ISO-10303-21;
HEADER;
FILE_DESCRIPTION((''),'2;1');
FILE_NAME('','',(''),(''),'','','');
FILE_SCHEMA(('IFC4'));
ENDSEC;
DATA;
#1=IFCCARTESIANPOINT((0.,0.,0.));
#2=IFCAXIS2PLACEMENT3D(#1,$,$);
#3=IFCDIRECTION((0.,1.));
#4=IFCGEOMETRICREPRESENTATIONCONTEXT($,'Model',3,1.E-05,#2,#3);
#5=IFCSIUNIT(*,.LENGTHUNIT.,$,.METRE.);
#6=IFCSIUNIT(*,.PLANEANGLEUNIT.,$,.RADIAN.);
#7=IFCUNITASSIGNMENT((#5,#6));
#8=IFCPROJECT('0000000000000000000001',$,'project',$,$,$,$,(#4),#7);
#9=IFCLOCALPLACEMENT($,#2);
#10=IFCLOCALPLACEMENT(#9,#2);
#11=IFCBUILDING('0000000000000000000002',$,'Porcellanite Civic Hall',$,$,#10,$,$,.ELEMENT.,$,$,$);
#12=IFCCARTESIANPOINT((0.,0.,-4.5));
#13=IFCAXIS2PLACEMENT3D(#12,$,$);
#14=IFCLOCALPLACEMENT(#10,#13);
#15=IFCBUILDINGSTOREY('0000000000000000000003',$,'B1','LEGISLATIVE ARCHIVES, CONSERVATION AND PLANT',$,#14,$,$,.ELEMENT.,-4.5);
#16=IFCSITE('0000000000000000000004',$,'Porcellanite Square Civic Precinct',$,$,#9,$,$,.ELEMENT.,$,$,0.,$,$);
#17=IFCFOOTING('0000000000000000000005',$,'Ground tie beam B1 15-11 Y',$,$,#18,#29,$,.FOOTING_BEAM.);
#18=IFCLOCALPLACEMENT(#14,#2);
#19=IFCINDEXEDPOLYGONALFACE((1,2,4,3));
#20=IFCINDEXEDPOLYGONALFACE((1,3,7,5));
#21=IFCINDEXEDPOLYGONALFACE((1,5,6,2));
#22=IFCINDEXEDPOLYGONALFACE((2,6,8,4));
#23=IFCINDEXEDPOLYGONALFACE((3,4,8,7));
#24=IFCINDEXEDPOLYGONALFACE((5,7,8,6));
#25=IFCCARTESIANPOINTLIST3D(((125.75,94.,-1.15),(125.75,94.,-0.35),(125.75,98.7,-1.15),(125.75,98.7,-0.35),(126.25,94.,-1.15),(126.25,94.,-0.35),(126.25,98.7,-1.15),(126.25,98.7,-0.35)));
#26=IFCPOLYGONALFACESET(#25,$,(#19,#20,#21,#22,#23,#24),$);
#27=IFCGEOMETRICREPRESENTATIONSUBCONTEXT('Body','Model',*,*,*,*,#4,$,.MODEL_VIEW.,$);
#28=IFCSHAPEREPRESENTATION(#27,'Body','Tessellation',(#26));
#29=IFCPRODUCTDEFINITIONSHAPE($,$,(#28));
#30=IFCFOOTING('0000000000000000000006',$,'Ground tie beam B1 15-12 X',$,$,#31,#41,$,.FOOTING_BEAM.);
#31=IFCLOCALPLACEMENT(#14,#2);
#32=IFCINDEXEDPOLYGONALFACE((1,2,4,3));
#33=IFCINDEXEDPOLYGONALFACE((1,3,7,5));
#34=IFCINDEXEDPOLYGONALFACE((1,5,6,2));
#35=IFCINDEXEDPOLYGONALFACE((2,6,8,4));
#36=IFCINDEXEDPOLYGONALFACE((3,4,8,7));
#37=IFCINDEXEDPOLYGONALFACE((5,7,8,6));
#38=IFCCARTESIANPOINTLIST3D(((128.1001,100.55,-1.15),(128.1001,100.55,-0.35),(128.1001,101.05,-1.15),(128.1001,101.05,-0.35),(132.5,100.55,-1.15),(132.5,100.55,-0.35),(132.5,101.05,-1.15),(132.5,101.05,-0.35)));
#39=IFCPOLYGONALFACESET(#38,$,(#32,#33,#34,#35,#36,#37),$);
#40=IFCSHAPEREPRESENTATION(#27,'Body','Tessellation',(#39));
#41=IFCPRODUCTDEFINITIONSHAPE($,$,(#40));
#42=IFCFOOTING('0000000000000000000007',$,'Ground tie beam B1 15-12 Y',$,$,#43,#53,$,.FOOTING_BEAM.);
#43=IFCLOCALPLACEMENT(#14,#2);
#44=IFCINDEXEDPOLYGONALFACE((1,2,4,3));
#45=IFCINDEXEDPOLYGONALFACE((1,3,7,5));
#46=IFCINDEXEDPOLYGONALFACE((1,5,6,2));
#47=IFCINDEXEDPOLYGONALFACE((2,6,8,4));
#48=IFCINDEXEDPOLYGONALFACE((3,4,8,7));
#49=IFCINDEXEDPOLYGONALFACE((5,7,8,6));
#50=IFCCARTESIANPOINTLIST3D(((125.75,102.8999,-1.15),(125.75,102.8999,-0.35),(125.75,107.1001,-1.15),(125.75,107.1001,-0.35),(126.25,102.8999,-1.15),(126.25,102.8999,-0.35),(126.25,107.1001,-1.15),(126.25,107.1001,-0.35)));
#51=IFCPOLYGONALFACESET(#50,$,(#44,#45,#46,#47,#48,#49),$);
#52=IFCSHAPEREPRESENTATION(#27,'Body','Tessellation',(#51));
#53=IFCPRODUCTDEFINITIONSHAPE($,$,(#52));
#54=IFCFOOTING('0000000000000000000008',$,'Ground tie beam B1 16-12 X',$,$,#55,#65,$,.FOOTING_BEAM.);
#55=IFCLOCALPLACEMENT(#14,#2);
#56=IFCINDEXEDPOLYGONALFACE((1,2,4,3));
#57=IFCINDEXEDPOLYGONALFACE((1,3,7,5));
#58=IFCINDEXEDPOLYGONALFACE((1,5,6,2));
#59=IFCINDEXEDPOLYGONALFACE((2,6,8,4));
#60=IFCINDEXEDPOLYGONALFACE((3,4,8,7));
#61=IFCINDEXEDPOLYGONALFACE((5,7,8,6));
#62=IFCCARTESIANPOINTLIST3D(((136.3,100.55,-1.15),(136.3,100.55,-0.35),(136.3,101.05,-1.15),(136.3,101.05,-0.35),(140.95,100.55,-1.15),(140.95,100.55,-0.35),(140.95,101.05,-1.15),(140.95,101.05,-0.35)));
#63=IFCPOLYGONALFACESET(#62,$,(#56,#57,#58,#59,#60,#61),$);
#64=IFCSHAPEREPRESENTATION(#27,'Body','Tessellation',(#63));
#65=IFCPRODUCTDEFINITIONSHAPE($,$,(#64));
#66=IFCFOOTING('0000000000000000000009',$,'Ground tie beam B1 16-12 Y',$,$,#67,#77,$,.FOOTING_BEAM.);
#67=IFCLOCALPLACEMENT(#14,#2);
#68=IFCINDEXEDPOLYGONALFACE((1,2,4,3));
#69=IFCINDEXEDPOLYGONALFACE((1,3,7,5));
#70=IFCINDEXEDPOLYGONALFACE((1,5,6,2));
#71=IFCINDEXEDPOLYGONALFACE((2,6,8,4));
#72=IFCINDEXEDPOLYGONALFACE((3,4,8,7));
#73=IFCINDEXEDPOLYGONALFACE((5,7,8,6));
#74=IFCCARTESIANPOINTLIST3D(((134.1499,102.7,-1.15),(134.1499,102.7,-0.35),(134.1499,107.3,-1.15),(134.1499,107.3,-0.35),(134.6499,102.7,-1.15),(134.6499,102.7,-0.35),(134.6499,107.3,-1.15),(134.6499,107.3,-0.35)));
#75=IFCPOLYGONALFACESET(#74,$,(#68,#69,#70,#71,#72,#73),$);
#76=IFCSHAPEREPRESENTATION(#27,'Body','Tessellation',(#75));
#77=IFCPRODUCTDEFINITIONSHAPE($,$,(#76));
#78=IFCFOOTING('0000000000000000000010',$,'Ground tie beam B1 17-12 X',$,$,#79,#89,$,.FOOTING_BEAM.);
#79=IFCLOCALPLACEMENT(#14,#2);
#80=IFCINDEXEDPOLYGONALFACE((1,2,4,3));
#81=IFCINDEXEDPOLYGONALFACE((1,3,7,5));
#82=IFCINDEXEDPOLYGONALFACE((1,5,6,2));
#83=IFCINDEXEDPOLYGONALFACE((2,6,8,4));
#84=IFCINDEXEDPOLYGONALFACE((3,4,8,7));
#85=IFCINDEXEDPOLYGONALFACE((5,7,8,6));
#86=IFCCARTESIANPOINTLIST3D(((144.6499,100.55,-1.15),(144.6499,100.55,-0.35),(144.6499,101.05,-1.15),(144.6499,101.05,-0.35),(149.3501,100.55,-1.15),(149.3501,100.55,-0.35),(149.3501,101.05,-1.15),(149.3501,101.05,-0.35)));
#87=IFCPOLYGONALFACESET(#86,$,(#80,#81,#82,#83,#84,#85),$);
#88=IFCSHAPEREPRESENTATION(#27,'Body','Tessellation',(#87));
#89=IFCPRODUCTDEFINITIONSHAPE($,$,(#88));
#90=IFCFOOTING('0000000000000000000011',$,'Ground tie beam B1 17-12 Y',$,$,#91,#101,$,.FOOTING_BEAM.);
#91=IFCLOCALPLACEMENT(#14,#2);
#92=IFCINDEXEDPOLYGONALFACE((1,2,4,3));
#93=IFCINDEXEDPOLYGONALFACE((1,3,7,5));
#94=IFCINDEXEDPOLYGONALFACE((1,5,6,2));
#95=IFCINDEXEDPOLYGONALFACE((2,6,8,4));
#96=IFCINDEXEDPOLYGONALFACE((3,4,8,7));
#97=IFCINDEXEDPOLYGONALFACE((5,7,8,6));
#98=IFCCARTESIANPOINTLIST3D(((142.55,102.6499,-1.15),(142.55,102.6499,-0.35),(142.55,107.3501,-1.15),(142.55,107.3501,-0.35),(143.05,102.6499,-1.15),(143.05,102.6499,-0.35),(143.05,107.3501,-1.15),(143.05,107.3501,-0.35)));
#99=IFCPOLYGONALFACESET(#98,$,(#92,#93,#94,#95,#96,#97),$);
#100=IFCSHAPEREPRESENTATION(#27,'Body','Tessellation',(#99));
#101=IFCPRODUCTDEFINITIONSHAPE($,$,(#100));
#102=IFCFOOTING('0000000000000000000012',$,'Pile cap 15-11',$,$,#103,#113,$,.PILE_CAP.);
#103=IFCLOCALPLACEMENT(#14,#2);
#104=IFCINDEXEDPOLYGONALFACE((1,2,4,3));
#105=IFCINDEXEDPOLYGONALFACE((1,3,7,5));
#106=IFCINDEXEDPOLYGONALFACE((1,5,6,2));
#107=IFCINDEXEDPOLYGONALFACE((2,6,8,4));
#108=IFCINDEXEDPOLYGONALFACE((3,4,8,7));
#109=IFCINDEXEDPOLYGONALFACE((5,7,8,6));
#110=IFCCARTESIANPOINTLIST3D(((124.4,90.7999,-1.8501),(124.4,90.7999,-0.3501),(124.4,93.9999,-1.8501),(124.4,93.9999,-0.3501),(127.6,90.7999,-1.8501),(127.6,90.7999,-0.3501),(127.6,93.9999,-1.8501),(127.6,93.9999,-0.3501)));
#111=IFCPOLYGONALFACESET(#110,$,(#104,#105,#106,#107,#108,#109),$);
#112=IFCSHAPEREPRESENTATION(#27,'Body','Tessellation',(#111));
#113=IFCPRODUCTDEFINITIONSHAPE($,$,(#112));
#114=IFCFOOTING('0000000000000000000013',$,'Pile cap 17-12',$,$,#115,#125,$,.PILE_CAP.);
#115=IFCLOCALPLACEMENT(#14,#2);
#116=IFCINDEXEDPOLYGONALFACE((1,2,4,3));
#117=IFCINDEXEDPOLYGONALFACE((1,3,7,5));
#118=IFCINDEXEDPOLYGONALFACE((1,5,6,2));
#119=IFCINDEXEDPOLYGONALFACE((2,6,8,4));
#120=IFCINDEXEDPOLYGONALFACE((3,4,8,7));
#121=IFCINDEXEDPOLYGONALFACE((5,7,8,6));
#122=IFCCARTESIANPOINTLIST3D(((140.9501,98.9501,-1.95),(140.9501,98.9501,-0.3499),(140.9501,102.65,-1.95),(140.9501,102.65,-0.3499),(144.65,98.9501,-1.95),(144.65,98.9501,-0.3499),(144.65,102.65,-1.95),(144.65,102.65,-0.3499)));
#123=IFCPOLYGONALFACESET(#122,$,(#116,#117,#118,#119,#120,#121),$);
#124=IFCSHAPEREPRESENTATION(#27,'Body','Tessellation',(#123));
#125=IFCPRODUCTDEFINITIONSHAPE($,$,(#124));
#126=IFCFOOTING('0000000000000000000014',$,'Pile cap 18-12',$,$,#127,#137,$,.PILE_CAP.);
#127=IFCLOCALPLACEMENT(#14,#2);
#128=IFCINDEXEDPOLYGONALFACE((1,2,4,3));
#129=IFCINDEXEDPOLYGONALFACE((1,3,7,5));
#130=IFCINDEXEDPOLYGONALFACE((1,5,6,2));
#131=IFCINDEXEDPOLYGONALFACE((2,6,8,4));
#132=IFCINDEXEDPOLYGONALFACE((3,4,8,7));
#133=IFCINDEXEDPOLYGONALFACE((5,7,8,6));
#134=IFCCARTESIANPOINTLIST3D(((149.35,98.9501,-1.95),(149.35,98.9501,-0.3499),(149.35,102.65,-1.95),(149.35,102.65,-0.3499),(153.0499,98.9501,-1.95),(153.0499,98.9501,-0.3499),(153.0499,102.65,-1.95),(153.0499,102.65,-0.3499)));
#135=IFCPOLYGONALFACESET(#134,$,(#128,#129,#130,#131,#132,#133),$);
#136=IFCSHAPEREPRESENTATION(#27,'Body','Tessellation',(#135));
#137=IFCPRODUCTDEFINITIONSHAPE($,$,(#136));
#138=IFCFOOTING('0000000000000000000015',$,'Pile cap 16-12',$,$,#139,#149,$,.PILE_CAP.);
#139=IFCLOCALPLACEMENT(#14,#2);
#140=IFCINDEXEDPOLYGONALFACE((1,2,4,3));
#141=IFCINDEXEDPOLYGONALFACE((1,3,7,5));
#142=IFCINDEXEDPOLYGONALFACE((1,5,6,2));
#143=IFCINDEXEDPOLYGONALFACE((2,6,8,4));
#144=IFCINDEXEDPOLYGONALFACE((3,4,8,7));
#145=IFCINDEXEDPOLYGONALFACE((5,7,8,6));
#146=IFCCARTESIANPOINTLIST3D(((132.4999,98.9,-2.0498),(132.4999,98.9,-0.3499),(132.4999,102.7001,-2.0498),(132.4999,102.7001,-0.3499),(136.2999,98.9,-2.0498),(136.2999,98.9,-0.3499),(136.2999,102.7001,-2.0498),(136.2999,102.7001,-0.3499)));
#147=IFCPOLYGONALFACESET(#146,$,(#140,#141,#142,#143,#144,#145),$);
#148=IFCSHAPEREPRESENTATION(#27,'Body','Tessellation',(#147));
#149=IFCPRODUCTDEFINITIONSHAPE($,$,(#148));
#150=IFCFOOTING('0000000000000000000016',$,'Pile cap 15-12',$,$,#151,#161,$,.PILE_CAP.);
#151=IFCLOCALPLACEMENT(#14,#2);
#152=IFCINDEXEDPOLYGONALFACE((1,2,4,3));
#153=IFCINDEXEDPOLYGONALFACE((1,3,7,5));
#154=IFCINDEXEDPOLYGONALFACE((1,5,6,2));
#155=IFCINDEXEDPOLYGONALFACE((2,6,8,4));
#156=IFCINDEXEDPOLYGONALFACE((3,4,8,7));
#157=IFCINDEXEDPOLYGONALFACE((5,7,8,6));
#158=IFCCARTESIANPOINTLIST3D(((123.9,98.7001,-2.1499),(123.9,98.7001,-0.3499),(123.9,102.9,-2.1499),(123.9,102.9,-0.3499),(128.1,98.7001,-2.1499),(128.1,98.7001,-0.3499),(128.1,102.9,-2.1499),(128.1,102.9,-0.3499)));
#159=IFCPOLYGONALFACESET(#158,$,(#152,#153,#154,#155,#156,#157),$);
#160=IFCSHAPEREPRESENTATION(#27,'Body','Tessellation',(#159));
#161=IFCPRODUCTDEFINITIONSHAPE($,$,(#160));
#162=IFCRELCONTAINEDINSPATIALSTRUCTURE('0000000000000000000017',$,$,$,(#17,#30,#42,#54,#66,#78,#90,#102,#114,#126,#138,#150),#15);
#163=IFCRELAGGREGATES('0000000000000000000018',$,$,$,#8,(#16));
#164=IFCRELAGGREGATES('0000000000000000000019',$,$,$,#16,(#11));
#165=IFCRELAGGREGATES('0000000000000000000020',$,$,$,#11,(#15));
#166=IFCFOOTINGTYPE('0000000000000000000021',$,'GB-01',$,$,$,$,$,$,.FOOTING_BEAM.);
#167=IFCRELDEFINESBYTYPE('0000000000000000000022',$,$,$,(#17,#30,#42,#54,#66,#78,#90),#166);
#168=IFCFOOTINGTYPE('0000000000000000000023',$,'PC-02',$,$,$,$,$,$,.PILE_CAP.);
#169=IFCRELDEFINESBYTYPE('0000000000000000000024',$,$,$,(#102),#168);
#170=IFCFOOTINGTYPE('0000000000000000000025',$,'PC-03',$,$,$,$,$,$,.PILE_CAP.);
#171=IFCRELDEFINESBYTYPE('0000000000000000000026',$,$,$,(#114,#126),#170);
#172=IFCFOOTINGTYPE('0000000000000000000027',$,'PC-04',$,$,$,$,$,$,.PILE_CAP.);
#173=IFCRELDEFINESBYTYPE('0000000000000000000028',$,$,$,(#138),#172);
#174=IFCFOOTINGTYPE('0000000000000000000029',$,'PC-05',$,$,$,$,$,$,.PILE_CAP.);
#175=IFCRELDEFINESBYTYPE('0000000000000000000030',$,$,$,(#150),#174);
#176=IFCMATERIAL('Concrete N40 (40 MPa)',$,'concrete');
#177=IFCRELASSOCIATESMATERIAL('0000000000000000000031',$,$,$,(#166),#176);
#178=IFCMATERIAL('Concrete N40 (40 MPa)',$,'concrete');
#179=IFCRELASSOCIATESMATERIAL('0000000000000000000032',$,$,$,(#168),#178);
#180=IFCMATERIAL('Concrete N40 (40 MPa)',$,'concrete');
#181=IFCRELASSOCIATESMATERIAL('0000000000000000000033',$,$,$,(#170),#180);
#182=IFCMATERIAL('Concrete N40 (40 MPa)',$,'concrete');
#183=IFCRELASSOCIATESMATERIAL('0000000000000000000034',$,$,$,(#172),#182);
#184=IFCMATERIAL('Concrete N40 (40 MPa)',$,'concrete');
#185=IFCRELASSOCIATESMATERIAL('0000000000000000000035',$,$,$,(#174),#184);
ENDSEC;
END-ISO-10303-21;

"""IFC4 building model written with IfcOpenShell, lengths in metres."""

from ifc_helpers import new_model, si_unit, direction, frame, origin, origin_2d, place, context, subcontext, project, spatial, rectangle, extrude, material, material_profile, profile_set, type_object, element, save


model = new_model("IFC4")

# Units and contexts
model_context = context("Model", 3, precision=1e-05, world=origin(), true_north=direction((0.0, 1.0)))
body_context = subcontext(model_context, "Body", "Model", "MODEL_VIEW")
ifc_project = project(units=[si_unit("LENGTHUNIT", "METRE"), si_unit("PLANEANGLEUNIT", "RADIAN")], contexts=[model_context])

# Site, building, storey
site_placement = place(None, origin())
site = spatial("IfcSite", under=ifc_project, at=site_placement, Name="Porcellanite Square Civic Precinct", CompositionType="ELEMENT", RefElevation=0.0)
building_placement = place(site_placement, origin())
building = spatial("IfcBuilding", under=site, at=building_placement, Name="Porcellanite Civic Hall", CompositionType="ELEMENT")
storey_placement = place(building_placement, frame((0.0, 0.0, -4.5)))
storey = spatial("IfcBuildingStorey", under=building, at=storey_placement, Name="B1", Description="LEGISLATIVE ARCHIVES, CONSERVATION AND PLANT", CompositionType="ELEMENT", Elevation=-4.5)

# Footings
ifc_material_1 = material(Name="Concrete N40 (40 MPa)", Category="concrete")
ifc_material_profile_1 = material_profile(ifc_material_1, rectangle(XDim=0.5, YDim=0.8, at=origin_2d()), Name="RC-500x800")
ifc_profile_set_1 = profile_set([ifc_material_profile_1], Name="Concrete N40 (40 MPa)")
footing_type_1 = type_object("IfcFootingType", Name="GB-01", PredefinedType="FOOTING_BEAM", material=ifc_profile_set_1)
footing_1_placement = place(storey_placement, frame((126.0, 94.0, -0.75), z_axis=(0.0, 1.0, 0.0), x_axis=(-1.0, 0.0, 0.0)))
element("IfcFooting", 1, at=footing_1_placement, inside=storey, type_object=footing_type_1, Name="Ground tie beam B1 15-11 Y", PredefinedType="FOOTING_BEAM", context=body_context, shape_type="SweptSolid", body=[
    extrude(rectangle(XDim=0.5, YDim=0.8, at=origin_2d()), origin(), (0.0, 0.0, 1.0), 4.7),
])
footing_2_placement = place(storey_placement, frame((128.1001, 100.8, -0.75), z_axis=(1.0, 0.0, 0.0), x_axis=(0.0, 1.0, 0.0)))
element("IfcFooting", 2, at=footing_2_placement, inside=storey, type_object=footing_type_1, Name="Ground tie beam B1 15-12 X", PredefinedType="FOOTING_BEAM", context=body_context, shape_type="SweptSolid", body=[
    extrude(rectangle(XDim=0.5, YDim=0.8, at=origin_2d()), origin(), (0.0, 0.0, 1.0), 4.3999),
])
footing_3_placement = place(storey_placement, frame((126.0, 102.8999, -0.75), z_axis=(0.0, 1.0, 0.0), x_axis=(-1.0, 0.0, 0.0)))
element("IfcFooting", 3, at=footing_3_placement, inside=storey, type_object=footing_type_1, Name="Ground tie beam B1 15-12 Y", PredefinedType="FOOTING_BEAM", context=body_context, shape_type="SweptSolid", body=[
    extrude(rectangle(XDim=0.5, YDim=0.8, at=origin_2d()), origin(), (0.0, 0.0, 1.0), 4.2002),
])
footing_4_placement = place(storey_placement, frame((136.3, 100.8, -0.75), z_axis=(1.0, 0.0, 0.0), x_axis=(0.0, 1.0, 0.0)))
element("IfcFooting", 4, at=footing_4_placement, inside=storey, type_object=footing_type_1, Name="Ground tie beam B1 16-12 X", PredefinedType="FOOTING_BEAM", context=body_context, shape_type="SweptSolid", body=[
    extrude(rectangle(XDim=0.5, YDim=0.8, at=origin_2d()), origin(), (0.0, 0.0, 1.0), 4.6499),
])
footing_5_placement = place(storey_placement, frame((134.3999, 102.7, -0.75), z_axis=(0.0, 1.0, 0.0), x_axis=(-1.0, 0.0, 0.0)))
element("IfcFooting", 5, at=footing_5_placement, inside=storey, type_object=footing_type_1, Name="Ground tie beam B1 16-12 Y", PredefinedType="FOOTING_BEAM", context=body_context, shape_type="SweptSolid", body=[
    extrude(rectangle(XDim=0.5, YDim=0.8, at=origin_2d()), origin(), (0.0, 0.0, 1.0), 4.6001),
])
for number, where, z_axis, x_axis, name in (
    (6, (144.6499, 100.8, -0.75), (1.0, 0.0, 0.0), (0.0, 1.0, 0.0), "Ground tie beam B1 17-12 X"),
    (7, (142.8, 102.6499, -0.75), (0.0, 1.0, 0.0), (-1.0, 0.0, 0.0), "Ground tie beam B1 17-12 Y"),
):
    element("IfcFooting", number, at=place(storey_placement, frame(where, z_axis=z_axis, x_axis=x_axis)), inside=storey, type_object=footing_type_1, Name=name, PredefinedType="FOOTING_BEAM", context=body_context, shape_type="SweptSolid", body=[
        extrude(rectangle(XDim=0.5, YDim=0.8, at=origin_2d()), origin(), (0.0, 0.0, 1.0), 4.7002),
    ])
ifc_material_2 = material(Name="Concrete N40 (40 MPa)", Category="concrete")
footing_type_2 = type_object("IfcFootingType", Name="PC-02", PredefinedType="PILE_CAP", material=ifc_material_2)
footing_6_placement = place(storey_placement, frame((126.0, 92.3999, -1.8501), z_axis=(0.0, 0.0, 1.0), x_axis=(1.0, 0.0, 0.0)))
element("IfcFooting", 8, at=footing_6_placement, inside=storey, type_object=footing_type_2, Name="Pile cap 15-11", PredefinedType="PILE_CAP", context=body_context, shape_type="SweptSolid", body=[
    extrude(rectangle(XDim=3.2, YDim=3.2, at=origin_2d()), origin(), (0.0, 0.0, 1.0), 1.5),
])
ifc_material_3 = material(Name="Concrete N40 (40 MPa)", Category="concrete")
footing_type_3 = type_object("IfcFootingType", Name="PC-03", PredefinedType="PILE_CAP", material=ifc_material_3)
for number, where, z_axis, x_axis, name in (
    (9, (142.8, 100.8, -1.95), (0.0, 0.0, 1.0), (1.0, 0.0, 0.0), "Pile cap 17-12"),
    (10, (151.2, 100.8, -1.95), (0.0, 0.0, 1.0), (1.0, 0.0, 0.0), "Pile cap 18-12"),
):
    element("IfcFooting", number, at=place(storey_placement, frame(where, z_axis=z_axis, x_axis=x_axis)), inside=storey, type_object=footing_type_3, Name=name, PredefinedType="PILE_CAP", context=body_context, shape_type="SweptSolid", body=[
        extrude(rectangle(XDim=3.7, YDim=3.7, at=origin_2d()), origin(), (0.0, 0.0, 1.0), 1.6001),
    ])
ifc_material_4 = material(Name="Concrete N40 (40 MPa)", Category="concrete")
footing_type_4 = type_object("IfcFootingType", Name="PC-04", PredefinedType="PILE_CAP", material=ifc_material_4)
footing_7_placement = place(storey_placement, frame((134.3999, 100.8, -2.0498), z_axis=(0.0, 0.0, 1.0), x_axis=(1.0, 0.0, 0.0)))
element("IfcFooting", 11, at=footing_7_placement, inside=storey, type_object=footing_type_4, Name="Pile cap 16-12", PredefinedType="PILE_CAP", context=body_context, shape_type="SweptSolid", body=[
    extrude(rectangle(XDim=3.8, YDim=3.8, at=origin_2d()), origin(), (0.0, 0.0, 1.0), 1.7),
])
ifc_material_5 = material(Name="Concrete N40 (40 MPa)", Category="concrete")
footing_type_5 = type_object("IfcFootingType", Name="PC-05", PredefinedType="PILE_CAP", material=ifc_material_5)
footing_8_placement = place(storey_placement, frame((126.0, 100.8, -2.1499), z_axis=(0.0, 0.0, 1.0), x_axis=(1.0, 0.0, 0.0)))
element("IfcFooting", 12, at=footing_8_placement, inside=storey, type_object=footing_type_5, Name="Pile cap 15-12", PredefinedType="PILE_CAP", context=body_context, shape_type="SweptSolid", body=[
    extrude(rectangle(XDim=4.2, YDim=4.2, at=origin_2d()), origin(), (0.0, 0.0, 1.0), 1.8),
])

save(model, "model.ifc")
